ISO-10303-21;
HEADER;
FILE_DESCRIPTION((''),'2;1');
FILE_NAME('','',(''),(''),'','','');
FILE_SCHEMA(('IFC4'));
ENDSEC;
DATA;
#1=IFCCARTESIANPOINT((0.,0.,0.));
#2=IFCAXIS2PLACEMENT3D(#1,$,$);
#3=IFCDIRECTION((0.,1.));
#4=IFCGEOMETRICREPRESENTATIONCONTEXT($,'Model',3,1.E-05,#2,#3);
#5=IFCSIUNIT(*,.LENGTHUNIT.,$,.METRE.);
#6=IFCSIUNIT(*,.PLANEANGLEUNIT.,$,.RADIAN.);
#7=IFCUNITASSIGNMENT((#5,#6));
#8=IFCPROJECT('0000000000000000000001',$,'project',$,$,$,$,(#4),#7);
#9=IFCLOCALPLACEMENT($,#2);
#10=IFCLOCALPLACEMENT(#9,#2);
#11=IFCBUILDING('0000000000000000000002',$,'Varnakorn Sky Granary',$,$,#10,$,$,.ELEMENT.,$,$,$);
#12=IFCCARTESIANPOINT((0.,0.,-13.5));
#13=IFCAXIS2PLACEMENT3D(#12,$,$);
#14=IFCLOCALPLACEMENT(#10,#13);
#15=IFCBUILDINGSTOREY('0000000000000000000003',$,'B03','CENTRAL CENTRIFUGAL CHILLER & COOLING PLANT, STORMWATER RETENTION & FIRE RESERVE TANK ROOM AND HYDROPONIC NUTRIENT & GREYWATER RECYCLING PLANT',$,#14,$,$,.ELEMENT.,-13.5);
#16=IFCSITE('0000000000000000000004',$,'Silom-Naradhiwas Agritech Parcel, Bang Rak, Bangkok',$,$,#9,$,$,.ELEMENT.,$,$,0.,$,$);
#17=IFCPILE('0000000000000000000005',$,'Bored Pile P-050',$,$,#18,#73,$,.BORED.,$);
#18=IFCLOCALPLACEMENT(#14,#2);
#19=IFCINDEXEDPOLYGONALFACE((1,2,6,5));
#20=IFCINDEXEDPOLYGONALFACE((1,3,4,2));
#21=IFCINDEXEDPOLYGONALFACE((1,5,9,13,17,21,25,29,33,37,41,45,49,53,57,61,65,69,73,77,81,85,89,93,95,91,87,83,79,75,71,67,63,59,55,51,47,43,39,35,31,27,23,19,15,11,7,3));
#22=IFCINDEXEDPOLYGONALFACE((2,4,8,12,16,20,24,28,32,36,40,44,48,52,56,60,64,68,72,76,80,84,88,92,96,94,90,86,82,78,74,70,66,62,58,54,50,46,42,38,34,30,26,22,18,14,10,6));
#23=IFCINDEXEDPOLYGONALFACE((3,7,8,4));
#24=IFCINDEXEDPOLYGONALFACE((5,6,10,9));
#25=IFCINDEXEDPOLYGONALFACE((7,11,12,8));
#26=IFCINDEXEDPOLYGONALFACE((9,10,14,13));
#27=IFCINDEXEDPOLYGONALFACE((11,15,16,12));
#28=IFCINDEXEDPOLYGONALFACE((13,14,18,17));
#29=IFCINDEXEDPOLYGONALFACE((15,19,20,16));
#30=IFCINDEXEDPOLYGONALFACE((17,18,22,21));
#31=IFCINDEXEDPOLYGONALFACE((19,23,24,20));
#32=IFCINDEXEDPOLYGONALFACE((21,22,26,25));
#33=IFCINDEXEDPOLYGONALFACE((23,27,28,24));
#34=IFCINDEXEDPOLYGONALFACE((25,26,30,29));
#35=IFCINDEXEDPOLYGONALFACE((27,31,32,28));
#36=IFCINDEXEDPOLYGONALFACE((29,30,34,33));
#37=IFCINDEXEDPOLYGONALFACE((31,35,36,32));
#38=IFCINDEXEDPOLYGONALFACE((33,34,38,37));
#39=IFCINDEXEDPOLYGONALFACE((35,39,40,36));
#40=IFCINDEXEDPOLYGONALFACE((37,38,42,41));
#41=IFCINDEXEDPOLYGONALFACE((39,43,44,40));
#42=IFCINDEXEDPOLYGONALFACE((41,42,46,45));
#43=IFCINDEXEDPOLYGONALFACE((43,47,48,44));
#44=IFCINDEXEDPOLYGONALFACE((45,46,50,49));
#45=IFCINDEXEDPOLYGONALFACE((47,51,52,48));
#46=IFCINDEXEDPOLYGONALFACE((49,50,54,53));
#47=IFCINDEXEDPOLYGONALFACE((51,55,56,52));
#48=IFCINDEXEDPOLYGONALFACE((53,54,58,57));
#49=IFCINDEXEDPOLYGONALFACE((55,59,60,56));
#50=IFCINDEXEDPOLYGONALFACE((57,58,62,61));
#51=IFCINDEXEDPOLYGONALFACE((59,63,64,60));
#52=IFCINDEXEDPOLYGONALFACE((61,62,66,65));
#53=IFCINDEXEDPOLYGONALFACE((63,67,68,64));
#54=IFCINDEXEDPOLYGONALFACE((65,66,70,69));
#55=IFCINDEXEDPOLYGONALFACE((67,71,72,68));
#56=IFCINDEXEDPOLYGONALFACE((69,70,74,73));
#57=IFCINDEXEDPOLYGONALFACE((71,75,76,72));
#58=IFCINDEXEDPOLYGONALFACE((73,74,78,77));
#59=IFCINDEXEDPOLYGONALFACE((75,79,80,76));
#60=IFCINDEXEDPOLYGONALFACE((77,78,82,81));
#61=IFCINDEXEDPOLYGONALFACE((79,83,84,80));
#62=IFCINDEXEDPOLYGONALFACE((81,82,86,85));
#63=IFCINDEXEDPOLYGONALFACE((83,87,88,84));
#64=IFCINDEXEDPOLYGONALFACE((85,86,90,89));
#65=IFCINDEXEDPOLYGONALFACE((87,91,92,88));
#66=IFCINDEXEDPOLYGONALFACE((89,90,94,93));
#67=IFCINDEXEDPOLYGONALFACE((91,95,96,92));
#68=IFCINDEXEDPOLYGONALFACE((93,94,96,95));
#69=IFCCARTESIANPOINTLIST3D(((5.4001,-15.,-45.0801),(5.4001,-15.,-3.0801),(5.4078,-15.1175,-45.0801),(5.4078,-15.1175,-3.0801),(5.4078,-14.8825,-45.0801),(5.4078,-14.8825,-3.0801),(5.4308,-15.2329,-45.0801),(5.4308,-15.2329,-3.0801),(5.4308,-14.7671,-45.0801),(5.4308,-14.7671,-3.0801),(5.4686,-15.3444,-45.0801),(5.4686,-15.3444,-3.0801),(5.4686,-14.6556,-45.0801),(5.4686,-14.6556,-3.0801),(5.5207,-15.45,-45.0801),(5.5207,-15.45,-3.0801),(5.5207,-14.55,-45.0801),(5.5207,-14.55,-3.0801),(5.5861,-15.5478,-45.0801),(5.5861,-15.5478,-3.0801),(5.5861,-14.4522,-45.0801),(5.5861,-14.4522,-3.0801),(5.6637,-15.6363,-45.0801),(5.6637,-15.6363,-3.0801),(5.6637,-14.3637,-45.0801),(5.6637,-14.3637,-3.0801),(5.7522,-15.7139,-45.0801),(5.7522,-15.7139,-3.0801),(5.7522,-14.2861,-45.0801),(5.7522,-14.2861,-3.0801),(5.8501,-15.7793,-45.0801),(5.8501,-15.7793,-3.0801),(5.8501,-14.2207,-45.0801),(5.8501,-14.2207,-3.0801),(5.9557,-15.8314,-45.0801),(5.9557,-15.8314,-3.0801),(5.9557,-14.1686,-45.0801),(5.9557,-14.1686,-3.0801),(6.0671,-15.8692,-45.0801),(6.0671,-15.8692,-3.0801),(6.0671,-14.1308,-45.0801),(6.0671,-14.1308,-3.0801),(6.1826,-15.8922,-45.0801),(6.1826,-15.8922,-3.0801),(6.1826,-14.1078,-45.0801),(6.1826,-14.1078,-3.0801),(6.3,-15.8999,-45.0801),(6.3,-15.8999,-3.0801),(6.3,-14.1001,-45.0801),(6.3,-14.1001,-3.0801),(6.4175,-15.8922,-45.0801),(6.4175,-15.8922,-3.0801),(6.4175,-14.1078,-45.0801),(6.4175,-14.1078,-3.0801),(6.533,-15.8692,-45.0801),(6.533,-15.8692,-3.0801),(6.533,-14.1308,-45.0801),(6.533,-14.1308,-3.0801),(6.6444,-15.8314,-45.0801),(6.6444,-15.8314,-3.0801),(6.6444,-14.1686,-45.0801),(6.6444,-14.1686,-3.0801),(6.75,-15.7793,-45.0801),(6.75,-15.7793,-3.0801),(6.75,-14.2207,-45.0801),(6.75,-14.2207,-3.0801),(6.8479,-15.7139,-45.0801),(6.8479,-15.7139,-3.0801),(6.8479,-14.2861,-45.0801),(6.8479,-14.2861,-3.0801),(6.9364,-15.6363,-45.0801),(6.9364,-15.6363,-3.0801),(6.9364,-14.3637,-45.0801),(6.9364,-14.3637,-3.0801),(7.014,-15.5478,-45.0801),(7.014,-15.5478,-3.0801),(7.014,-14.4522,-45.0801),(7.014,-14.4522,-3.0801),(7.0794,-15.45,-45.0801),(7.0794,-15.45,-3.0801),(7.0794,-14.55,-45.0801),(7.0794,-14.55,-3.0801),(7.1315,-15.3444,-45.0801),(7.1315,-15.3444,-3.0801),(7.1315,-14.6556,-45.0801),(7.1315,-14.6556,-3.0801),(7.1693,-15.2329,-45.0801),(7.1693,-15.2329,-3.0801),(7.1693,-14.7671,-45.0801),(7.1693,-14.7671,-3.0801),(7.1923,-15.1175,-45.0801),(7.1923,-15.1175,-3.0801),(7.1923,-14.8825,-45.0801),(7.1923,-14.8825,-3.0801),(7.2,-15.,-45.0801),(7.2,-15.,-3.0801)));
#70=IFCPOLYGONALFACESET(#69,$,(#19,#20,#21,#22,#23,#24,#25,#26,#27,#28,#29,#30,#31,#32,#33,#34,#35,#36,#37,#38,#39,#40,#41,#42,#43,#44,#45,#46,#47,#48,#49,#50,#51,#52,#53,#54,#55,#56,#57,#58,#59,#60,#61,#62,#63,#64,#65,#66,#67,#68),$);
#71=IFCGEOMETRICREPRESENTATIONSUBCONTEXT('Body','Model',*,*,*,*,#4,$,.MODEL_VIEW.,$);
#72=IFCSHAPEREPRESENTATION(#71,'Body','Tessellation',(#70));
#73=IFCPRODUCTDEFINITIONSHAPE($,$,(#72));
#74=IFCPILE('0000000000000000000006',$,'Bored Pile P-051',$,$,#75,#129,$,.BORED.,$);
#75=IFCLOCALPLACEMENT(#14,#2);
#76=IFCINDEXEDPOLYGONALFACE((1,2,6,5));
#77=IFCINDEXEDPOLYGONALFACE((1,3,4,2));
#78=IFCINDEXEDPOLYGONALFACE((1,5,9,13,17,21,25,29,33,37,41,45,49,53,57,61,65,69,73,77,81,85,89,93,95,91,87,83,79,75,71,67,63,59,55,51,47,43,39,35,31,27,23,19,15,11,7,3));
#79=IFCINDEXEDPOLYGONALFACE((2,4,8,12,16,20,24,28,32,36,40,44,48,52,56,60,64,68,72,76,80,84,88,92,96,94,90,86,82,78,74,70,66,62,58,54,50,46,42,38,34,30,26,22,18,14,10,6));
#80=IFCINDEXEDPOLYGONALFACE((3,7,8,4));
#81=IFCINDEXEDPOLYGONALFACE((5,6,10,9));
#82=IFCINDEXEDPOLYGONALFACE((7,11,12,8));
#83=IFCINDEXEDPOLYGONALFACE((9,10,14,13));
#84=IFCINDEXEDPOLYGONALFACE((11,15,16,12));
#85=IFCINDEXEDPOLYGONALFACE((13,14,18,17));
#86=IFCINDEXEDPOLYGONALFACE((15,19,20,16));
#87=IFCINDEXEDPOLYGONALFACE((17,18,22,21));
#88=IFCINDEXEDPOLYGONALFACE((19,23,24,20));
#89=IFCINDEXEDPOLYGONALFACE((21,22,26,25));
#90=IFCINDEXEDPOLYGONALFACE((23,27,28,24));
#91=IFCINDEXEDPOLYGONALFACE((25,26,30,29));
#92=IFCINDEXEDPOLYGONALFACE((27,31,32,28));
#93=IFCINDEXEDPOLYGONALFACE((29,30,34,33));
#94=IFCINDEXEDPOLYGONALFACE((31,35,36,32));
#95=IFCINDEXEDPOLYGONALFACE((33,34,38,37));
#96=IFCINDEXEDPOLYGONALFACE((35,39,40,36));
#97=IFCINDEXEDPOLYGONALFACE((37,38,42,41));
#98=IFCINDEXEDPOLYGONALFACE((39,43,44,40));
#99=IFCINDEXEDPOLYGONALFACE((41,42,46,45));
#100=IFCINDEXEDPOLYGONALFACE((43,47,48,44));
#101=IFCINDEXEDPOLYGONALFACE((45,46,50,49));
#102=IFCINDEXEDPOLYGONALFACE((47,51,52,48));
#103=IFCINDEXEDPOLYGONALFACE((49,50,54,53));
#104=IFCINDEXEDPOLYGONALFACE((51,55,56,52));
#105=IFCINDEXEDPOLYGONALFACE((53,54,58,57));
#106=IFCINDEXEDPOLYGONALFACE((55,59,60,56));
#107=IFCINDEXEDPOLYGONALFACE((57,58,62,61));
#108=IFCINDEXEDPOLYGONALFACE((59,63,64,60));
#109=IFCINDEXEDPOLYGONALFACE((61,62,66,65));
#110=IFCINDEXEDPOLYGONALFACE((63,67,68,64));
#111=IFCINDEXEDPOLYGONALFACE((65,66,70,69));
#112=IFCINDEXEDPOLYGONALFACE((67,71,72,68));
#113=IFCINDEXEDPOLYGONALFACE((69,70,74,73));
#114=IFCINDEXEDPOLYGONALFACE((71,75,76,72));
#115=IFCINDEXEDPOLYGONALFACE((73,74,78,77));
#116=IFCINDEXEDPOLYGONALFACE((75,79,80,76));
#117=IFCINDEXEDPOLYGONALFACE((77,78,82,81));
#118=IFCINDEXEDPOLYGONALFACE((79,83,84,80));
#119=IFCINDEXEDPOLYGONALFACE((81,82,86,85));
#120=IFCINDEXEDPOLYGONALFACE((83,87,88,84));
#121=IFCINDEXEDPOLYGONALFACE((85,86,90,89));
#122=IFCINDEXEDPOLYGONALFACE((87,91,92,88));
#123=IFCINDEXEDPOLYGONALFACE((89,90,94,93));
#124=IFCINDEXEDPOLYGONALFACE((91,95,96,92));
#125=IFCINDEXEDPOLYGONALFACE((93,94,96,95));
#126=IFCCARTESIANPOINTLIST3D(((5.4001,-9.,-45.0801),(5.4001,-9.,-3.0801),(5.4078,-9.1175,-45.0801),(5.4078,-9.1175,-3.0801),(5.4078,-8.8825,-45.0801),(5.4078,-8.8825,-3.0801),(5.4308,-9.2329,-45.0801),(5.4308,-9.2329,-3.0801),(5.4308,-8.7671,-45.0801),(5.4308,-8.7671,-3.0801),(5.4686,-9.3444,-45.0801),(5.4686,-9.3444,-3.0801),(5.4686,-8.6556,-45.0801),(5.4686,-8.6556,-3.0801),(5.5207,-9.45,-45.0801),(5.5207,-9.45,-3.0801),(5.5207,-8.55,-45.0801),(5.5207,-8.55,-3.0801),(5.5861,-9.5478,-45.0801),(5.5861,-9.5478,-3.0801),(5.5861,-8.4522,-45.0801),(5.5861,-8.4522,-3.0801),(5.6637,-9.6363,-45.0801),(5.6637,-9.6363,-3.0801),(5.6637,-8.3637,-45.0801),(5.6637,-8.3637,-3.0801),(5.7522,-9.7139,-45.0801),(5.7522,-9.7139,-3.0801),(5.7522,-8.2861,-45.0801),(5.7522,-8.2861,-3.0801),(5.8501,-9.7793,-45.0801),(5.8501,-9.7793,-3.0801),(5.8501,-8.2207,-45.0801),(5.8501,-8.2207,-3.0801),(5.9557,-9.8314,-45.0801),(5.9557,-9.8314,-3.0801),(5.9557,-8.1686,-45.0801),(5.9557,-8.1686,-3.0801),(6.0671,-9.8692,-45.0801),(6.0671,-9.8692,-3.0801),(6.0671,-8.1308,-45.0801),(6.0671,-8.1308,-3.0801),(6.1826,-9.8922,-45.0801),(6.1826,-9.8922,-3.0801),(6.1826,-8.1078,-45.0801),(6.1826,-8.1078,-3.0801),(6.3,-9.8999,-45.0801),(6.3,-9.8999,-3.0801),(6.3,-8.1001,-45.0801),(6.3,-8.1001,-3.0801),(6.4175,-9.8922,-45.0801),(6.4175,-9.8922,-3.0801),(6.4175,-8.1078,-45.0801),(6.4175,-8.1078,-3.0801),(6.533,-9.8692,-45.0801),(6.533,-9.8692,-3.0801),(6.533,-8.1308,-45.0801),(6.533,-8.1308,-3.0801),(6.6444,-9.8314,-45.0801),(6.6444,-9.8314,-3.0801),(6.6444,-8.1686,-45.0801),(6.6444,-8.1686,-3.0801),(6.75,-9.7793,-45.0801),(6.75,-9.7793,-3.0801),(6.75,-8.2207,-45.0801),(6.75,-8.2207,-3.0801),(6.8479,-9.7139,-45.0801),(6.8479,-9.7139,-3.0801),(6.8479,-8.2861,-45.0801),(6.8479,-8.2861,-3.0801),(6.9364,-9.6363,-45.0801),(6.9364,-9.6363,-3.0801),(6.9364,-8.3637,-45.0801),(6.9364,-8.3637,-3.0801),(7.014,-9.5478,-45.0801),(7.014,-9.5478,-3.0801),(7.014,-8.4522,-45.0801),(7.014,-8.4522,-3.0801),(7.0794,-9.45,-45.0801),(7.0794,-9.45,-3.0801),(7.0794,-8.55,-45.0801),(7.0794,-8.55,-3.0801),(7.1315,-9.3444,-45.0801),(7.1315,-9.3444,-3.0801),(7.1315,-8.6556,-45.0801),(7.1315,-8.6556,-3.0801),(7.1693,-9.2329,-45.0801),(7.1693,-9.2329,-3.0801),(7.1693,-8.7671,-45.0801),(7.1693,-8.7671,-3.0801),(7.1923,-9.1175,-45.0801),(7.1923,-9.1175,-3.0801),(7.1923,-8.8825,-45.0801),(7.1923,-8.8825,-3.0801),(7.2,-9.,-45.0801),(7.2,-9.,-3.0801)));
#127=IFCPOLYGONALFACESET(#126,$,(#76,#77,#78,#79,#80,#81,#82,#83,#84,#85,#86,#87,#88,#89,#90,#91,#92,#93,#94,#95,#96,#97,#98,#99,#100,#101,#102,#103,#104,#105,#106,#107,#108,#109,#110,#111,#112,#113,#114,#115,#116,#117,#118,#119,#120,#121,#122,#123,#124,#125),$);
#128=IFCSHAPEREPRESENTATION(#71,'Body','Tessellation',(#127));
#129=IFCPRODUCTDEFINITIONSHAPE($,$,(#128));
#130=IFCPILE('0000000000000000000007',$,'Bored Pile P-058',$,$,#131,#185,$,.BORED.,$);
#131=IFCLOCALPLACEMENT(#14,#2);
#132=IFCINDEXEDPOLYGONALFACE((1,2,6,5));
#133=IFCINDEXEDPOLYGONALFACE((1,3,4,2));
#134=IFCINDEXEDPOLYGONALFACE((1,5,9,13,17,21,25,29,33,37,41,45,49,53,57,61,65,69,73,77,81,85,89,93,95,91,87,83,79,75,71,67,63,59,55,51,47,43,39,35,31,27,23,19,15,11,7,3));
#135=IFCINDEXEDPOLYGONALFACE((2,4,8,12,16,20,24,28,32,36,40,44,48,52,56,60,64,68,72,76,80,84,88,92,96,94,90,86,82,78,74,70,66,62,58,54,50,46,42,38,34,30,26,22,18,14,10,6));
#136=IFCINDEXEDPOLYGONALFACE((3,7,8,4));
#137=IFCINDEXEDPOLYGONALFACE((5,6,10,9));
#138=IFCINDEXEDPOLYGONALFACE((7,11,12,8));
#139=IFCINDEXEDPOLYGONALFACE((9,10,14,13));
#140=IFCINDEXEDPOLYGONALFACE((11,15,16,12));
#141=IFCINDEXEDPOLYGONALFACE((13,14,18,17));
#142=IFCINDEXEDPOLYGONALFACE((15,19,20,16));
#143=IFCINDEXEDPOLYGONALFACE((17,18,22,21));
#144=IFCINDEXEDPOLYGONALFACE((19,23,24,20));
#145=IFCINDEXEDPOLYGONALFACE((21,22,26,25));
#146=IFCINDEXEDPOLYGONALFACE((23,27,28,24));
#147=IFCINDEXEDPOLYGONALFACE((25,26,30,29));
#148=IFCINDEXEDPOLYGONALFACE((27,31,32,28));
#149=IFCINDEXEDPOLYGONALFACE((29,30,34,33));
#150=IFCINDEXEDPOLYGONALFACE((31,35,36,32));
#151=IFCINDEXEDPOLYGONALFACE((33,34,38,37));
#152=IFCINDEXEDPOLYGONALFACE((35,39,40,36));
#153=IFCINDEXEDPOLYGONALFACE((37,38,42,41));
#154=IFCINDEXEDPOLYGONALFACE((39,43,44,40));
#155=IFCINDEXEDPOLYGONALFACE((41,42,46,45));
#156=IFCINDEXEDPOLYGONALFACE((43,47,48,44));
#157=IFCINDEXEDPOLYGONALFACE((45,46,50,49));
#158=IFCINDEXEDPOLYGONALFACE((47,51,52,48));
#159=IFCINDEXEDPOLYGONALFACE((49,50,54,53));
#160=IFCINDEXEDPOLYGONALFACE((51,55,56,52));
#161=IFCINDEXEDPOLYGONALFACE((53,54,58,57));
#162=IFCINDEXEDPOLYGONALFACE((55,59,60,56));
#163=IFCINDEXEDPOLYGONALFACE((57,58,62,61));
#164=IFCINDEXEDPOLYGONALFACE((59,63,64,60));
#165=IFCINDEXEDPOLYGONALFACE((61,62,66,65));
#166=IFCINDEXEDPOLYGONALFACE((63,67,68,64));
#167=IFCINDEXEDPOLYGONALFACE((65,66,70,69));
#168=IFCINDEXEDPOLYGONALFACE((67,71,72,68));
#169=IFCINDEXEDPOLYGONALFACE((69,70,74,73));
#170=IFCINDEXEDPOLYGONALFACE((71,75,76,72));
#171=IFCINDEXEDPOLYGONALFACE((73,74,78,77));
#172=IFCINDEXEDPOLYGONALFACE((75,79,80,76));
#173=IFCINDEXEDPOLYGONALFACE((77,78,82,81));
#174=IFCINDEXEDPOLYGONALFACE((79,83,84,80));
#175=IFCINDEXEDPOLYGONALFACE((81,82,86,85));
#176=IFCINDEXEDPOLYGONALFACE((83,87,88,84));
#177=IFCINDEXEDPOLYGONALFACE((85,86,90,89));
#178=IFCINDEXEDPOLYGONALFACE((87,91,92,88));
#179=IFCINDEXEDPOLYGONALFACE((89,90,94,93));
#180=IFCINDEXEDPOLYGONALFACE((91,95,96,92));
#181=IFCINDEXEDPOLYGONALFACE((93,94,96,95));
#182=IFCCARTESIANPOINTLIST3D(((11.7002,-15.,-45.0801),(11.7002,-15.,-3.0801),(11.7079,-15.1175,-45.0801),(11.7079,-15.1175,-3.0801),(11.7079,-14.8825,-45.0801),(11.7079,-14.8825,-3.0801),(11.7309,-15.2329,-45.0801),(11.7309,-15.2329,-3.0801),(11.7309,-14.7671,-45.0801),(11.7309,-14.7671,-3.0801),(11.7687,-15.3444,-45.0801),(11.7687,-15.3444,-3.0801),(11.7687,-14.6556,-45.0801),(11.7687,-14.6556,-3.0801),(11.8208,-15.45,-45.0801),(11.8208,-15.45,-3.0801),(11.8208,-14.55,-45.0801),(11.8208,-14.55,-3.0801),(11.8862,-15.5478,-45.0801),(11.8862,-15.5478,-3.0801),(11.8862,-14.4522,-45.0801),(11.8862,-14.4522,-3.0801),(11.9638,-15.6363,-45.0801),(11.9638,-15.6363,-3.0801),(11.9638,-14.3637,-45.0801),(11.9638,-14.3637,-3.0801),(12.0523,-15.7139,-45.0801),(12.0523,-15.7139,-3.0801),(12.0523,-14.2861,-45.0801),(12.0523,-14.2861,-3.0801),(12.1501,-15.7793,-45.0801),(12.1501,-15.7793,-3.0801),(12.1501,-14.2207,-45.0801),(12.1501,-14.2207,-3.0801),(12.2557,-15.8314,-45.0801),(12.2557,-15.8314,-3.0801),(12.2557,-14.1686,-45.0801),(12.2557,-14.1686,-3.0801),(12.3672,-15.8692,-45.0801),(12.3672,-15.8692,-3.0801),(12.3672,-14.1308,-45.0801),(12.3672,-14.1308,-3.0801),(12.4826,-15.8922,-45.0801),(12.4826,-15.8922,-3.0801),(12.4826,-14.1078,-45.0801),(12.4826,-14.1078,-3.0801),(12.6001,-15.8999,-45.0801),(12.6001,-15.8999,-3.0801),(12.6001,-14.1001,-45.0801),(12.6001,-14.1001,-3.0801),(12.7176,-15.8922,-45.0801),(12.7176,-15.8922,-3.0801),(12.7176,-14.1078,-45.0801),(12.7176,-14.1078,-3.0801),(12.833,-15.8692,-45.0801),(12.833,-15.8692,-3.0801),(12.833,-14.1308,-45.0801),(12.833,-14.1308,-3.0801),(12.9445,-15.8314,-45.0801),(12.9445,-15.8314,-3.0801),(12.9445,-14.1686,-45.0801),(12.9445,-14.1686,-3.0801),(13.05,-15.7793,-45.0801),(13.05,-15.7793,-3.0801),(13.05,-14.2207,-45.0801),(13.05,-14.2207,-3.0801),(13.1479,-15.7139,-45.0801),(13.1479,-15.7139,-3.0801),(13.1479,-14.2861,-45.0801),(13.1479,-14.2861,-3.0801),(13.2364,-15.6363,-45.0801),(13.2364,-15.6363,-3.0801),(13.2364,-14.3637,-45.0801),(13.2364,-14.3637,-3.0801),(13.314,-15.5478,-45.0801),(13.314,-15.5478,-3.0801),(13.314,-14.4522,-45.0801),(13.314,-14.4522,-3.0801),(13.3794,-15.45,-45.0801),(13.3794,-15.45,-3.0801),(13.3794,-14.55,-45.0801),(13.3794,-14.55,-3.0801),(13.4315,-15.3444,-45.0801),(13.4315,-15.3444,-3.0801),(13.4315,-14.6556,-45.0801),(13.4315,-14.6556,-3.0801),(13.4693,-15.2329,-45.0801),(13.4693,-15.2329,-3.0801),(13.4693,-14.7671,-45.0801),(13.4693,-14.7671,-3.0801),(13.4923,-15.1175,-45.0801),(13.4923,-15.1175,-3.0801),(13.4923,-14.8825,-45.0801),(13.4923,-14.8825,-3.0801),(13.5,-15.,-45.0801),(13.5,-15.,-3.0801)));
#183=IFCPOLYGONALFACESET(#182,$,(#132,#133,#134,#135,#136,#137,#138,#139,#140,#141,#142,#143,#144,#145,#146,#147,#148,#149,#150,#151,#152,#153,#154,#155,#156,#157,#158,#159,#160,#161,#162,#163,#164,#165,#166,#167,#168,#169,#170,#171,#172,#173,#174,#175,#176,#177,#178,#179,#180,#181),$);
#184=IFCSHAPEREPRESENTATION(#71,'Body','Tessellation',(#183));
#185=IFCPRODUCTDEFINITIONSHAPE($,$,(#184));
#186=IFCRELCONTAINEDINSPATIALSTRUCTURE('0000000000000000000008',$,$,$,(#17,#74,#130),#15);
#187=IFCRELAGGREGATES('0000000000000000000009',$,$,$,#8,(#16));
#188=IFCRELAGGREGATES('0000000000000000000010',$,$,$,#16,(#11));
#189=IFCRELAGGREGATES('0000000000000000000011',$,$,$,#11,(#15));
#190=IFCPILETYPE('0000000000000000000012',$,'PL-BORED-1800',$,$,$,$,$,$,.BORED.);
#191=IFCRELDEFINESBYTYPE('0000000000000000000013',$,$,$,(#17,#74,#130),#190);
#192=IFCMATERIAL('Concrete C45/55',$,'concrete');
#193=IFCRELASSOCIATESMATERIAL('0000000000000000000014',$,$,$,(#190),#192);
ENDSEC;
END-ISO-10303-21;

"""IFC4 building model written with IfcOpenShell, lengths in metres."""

from ifc_helpers import new_model, si_unit, direction, frame, origin, origin_2d, place, context, subcontext, project, spatial, circle, extrude, material, material_profile, profile_set, type_object, element, save


model = new_model("IFC4")

# Units and contexts
model_context = context("Model", 3, precision=1e-05, world=origin(), true_north=direction((0.0, 1.0)))
body_context = subcontext(model_context, "Body", "Model", "MODEL_VIEW")
ifc_project = project(units=[si_unit("LENGTHUNIT", "METRE"), si_unit("PLANEANGLEUNIT", "RADIAN")], contexts=[model_context])

# Site, building, storey
site_placement = place(None, origin())
site = spatial("IfcSite", under=ifc_project, at=site_placement, Name="Silom-Naradhiwas Agritech Parcel, Bang Rak, Bangkok", CompositionType="ELEMENT", RefElevation=0.0)
building_placement = place(site_placement, origin())
building = spatial("IfcBuilding", under=site, at=building_placement, Name="Varnakorn Sky Granary", CompositionType="ELEMENT")
storey_placement = place(building_placement, frame((0.0, 0.0, -13.5)))
storey = spatial("IfcBuildingStorey", under=building, at=storey_placement, Name="B03", Description="CENTRAL CENTRIFUGAL CHILLER & COOLING PLANT, STORMWATER RETENTION & FIRE RESERVE TANK ROOM AND HYDROPONIC NUTRIENT & GREYWATER RECYCLING PLANT", CompositionType="ELEMENT", Elevation=-13.5)

# Piles
ifc_material_1 = material(Name="Concrete C45/55", Category="concrete")
ifc_material_profile_1 = material_profile(ifc_material_1, circle(Radius=0.8999, at=origin_2d()), Name="PILE D1800")
ifc_profile_set_1 = profile_set([ifc_material_profile_1], Name="Concrete C45/55")
pile_type_1 = type_object("IfcPileType", Name="PL-BORED-1800", PredefinedType="BORED", material=ifc_profile_set_1)
for number, where, z_axis, x_axis, name in (
    (1, (6.3, -15.0, -3.0801), (0.0, 0.0, -1.0), (1.0, 0.0, 0.0), "Bored Pile P-050"),
    (2, (6.3, -9.0, -3.0801), (0.0, 0.0, -1.0), (1.0, 0.0, 0.0), "Bored Pile P-051"),
    (3, (12.6001, -15.0, -3.0801), (0.0, 0.0, -1.0), (1.0, 0.0, 0.0), "Bored Pile P-058"),
):
    element("IfcPile", number, at=place(storey_placement, frame(where, z_axis=z_axis, x_axis=x_axis)), inside=storey, type_object=pile_type_1, Name=name, PredefinedType="BORED", context=body_context, shape_type="SweptSolid", body=[
        extrude(circle(Radius=0.8999, at=origin_2d()), origin(), (0.0, 0.0, 1.0), 42.0),
    ])

save(model, "model.ifc")
